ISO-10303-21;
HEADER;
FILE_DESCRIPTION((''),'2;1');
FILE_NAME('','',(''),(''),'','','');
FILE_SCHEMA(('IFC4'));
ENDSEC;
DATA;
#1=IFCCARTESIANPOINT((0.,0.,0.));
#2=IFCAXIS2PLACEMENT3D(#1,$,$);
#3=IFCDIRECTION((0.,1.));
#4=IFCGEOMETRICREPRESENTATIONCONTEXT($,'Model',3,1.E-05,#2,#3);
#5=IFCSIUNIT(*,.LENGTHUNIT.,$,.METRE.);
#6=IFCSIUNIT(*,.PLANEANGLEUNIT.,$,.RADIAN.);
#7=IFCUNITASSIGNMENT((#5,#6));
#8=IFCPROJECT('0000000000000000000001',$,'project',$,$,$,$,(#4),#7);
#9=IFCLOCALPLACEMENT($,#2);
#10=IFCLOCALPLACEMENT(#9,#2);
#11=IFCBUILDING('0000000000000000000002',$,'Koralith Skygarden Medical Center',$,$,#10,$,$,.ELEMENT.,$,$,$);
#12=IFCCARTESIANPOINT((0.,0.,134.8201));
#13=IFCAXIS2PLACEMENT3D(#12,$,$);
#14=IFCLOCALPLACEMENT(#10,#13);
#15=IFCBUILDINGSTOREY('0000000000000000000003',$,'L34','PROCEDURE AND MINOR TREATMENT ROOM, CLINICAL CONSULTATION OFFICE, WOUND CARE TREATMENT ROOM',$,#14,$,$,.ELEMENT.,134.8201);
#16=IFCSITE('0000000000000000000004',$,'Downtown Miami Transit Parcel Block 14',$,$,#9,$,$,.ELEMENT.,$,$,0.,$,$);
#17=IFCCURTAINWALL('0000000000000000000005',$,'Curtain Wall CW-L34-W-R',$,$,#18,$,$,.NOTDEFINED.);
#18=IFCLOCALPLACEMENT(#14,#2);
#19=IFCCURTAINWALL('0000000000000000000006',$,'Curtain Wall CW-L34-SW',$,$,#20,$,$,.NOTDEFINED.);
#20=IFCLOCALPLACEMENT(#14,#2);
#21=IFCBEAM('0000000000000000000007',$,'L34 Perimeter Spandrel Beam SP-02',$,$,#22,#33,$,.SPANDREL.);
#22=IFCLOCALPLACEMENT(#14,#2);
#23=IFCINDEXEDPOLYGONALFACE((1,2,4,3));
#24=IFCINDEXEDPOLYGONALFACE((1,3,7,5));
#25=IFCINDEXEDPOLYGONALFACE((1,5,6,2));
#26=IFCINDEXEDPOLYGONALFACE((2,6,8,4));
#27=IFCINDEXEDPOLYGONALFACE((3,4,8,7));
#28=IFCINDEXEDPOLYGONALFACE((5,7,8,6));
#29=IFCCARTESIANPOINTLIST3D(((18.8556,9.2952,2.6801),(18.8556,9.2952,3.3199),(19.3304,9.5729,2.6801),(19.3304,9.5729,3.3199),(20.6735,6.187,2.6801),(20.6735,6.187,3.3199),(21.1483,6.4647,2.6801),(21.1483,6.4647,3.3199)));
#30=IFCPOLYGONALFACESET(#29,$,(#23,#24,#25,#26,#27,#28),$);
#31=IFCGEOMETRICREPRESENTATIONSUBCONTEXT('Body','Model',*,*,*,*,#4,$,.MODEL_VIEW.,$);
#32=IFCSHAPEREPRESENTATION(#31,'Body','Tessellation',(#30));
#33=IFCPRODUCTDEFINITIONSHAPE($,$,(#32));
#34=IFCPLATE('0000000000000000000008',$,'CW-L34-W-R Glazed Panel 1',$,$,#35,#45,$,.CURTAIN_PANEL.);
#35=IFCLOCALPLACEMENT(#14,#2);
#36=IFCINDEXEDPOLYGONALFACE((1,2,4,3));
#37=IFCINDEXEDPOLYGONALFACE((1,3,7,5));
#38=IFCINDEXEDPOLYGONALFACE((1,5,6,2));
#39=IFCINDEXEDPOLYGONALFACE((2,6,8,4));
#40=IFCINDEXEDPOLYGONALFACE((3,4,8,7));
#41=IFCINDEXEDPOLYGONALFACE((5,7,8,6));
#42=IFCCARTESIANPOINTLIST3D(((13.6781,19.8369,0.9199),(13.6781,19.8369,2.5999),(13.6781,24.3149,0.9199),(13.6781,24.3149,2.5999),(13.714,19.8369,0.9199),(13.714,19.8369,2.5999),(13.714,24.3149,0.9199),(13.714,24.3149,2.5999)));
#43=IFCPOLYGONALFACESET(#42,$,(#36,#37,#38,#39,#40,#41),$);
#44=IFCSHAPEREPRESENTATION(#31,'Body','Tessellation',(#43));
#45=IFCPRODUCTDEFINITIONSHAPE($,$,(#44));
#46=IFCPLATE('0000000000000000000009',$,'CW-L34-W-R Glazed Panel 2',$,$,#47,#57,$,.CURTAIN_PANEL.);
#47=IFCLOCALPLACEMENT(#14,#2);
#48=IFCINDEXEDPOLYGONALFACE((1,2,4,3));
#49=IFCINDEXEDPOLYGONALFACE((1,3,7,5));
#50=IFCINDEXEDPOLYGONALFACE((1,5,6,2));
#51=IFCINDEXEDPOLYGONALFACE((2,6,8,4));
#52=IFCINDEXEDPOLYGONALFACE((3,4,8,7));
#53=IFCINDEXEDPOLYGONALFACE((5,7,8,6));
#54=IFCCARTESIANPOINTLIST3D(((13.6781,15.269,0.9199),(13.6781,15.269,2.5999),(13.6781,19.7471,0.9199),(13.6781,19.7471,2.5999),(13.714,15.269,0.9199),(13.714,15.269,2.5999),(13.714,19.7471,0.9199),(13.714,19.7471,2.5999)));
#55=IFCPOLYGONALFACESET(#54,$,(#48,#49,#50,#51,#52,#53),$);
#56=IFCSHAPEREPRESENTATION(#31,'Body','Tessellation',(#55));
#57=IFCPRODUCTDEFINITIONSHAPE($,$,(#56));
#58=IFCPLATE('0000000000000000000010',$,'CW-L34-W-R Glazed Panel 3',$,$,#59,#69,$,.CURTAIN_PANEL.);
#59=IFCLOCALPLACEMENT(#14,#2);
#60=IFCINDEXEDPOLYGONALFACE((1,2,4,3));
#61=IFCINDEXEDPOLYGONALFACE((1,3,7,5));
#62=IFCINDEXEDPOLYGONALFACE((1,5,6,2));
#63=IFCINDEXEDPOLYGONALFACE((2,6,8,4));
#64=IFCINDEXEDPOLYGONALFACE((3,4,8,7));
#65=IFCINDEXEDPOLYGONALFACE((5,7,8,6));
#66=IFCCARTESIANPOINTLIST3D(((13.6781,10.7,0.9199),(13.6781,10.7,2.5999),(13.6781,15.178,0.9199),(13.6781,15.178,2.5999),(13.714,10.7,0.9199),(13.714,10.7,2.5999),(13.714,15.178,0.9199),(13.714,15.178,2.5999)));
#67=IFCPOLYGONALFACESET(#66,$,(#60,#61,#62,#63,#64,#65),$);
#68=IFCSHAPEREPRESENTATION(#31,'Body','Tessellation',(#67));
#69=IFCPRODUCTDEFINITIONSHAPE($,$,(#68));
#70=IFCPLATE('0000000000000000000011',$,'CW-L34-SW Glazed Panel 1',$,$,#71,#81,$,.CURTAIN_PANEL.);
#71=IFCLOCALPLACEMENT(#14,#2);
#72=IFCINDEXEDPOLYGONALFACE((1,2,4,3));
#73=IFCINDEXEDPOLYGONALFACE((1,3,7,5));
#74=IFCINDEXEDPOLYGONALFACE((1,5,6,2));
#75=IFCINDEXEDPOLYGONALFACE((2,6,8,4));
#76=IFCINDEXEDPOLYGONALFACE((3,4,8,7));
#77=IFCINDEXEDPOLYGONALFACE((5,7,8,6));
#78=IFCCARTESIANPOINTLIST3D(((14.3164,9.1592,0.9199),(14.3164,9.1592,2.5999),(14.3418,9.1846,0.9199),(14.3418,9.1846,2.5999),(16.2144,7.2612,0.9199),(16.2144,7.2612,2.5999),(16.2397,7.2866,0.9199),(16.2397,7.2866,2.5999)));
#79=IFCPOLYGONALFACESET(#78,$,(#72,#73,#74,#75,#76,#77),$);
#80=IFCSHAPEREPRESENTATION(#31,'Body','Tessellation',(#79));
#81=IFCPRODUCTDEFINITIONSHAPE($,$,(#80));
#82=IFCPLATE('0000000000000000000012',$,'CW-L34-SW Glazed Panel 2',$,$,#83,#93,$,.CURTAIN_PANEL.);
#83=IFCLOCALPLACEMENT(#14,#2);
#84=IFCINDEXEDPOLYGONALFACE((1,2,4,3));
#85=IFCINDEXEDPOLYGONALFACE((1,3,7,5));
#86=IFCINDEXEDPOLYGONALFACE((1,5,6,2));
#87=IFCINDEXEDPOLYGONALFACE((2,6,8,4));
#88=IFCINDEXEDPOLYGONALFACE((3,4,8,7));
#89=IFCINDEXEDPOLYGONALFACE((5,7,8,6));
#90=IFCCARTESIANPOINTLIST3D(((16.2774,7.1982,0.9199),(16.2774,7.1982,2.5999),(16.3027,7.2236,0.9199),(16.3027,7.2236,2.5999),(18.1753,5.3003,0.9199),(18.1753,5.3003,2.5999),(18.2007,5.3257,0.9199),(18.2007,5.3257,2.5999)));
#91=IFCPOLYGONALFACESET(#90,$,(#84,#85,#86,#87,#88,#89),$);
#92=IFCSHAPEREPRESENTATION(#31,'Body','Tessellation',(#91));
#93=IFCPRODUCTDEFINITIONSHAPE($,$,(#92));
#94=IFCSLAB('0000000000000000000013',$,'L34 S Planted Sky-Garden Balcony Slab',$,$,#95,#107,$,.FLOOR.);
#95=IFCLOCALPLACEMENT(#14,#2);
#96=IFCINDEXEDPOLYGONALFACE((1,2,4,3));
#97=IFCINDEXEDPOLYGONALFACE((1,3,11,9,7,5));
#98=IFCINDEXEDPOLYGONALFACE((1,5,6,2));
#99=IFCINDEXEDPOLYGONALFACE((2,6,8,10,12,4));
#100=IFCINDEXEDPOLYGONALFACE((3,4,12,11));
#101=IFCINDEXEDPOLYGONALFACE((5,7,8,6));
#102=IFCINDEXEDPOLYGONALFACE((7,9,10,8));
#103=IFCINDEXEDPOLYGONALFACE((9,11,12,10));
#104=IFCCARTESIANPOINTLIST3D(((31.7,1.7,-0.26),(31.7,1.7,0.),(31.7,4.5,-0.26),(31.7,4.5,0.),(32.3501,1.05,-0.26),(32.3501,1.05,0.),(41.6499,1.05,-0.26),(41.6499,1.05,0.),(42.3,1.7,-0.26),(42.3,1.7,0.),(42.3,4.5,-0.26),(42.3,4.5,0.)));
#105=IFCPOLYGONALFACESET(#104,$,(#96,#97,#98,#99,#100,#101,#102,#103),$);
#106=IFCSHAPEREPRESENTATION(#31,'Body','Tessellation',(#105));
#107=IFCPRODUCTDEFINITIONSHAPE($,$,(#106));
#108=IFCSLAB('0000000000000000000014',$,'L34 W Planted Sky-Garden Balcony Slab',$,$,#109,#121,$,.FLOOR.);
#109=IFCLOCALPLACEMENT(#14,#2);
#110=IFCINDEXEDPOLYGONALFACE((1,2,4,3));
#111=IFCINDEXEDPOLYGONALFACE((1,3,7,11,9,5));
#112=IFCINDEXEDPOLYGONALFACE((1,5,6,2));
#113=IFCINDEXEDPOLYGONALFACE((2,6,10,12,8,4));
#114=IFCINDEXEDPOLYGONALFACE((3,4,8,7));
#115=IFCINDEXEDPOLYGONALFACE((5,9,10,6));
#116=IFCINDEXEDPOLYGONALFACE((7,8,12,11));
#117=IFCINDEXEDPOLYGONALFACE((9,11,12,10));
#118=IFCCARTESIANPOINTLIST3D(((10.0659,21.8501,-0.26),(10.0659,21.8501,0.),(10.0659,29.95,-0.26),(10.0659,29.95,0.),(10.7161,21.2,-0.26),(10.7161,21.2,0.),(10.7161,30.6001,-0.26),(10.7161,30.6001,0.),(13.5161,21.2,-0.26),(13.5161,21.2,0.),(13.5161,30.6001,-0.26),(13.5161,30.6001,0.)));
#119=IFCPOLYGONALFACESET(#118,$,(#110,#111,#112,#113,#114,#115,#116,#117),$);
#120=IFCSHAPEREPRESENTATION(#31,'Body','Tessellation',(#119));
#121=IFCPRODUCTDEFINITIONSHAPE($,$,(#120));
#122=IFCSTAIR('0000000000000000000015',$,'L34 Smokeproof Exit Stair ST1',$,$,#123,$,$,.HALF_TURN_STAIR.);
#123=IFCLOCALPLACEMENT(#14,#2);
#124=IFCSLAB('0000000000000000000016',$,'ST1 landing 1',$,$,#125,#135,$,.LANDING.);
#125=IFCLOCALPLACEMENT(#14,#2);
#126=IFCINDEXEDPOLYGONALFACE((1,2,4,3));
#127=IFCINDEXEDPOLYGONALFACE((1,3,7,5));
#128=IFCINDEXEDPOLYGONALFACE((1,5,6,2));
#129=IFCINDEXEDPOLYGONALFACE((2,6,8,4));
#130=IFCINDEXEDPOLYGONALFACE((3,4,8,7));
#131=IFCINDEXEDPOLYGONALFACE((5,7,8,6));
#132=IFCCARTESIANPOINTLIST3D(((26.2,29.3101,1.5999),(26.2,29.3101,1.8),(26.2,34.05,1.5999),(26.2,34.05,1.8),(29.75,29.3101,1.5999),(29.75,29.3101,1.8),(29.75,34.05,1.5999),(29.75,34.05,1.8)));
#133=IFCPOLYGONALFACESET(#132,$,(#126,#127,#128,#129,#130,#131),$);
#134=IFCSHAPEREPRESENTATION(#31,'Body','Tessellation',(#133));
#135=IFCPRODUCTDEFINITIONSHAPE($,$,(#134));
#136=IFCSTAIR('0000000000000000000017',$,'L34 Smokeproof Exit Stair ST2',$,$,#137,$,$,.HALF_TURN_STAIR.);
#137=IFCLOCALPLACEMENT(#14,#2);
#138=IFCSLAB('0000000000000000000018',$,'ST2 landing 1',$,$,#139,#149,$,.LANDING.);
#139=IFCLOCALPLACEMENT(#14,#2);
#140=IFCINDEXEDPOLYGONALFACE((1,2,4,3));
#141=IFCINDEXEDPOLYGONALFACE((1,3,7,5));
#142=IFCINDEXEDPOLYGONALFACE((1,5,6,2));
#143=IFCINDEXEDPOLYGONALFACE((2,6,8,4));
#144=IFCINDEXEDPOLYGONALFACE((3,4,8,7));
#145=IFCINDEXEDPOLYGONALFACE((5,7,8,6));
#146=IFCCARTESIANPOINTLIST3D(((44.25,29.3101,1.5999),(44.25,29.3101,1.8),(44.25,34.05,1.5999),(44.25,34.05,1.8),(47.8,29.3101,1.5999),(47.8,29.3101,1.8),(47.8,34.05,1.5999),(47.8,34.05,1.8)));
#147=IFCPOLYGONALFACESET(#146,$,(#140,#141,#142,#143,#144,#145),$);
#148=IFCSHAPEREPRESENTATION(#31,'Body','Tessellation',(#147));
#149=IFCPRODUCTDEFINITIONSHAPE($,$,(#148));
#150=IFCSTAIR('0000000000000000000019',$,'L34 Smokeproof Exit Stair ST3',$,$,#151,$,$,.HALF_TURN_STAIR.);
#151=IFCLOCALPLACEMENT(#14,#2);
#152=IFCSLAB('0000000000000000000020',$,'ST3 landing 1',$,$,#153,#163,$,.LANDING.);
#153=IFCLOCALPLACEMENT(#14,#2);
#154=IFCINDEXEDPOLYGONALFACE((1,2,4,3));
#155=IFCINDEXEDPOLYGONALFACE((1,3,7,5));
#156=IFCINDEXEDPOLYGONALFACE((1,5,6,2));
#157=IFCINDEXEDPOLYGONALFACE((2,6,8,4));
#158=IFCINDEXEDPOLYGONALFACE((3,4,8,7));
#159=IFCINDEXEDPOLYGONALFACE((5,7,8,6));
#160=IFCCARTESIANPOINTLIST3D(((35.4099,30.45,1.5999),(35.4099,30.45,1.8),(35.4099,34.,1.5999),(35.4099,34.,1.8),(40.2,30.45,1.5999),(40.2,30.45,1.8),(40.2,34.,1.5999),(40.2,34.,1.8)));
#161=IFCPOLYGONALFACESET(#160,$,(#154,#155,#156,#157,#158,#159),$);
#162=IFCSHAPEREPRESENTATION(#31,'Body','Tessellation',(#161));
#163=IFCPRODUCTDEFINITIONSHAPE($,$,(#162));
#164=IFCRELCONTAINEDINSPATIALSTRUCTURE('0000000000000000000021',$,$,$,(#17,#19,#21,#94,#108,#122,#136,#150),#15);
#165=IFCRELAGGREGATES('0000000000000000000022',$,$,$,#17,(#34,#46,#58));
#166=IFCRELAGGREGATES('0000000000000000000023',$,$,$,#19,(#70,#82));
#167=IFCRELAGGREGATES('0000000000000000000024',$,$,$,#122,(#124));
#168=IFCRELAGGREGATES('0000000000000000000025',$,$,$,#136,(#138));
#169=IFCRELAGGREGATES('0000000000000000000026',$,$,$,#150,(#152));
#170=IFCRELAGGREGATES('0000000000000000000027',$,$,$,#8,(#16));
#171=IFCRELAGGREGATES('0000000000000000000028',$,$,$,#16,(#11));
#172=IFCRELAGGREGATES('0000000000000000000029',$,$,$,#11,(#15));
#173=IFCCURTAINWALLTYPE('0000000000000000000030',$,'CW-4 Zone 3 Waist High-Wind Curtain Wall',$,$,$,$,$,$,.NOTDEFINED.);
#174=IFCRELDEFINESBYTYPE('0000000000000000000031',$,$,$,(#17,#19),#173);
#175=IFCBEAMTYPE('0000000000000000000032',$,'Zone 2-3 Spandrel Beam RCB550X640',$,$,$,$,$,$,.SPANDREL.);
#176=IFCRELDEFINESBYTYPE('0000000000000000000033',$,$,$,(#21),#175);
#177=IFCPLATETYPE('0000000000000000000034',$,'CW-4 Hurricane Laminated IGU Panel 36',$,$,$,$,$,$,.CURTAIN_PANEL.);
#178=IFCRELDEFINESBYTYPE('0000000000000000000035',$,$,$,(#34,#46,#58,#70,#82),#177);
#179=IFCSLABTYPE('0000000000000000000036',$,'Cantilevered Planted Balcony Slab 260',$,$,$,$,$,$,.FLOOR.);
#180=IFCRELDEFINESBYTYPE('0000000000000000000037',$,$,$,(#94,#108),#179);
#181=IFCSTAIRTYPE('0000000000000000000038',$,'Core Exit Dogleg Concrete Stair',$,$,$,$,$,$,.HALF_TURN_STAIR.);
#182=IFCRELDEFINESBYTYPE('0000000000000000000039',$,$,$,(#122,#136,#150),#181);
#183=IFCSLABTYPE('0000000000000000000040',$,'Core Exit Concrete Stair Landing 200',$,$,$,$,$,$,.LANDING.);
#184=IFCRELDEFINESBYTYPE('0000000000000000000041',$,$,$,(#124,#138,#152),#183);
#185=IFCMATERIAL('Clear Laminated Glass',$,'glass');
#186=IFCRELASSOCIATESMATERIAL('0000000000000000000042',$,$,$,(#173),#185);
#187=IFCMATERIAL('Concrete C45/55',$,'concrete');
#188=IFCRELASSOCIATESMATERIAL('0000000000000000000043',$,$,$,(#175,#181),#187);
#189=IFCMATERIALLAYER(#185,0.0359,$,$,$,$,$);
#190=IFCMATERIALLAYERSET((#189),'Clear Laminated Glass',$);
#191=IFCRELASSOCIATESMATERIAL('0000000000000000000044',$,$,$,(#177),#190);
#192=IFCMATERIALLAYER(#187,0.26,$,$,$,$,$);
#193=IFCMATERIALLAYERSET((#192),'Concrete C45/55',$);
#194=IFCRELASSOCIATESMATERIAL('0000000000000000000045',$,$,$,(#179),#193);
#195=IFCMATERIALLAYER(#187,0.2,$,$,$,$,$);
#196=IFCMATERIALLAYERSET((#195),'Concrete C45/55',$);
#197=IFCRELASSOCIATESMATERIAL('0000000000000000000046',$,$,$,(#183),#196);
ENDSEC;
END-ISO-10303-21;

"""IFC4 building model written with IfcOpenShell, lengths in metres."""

from ifc_helpers import new_model, si_unit, direction, frame, origin, origin_2d, place, context, subcontext, project, spatial, polyline, rectangle, outline, extrude, material, layer, layer_set, material_profile, profile_set, type_object, element, aggregate, save


model = new_model("IFC4")

# Units and contexts
model_context = context("Model", 3, precision=1e-05, world=origin(), true_north=direction((0.0, 1.0)))
body_context = subcontext(model_context, "Body", "Model", "MODEL_VIEW")
ifc_project = project(units=[si_unit("LENGTHUNIT", "METRE"), si_unit("PLANEANGLEUNIT", "RADIAN")], contexts=[model_context])

# Site, building, storey
site_placement = place(None, origin())
site = spatial("IfcSite", under=ifc_project, at=site_placement, Name="Downtown Miami Transit Parcel Block 14", CompositionType="ELEMENT", RefElevation=0.0)
building_placement = place(site_placement, origin())
building = spatial("IfcBuilding", under=site, at=building_placement, Name="Koralith Skygarden Medical Center", CompositionType="ELEMENT")
storey_placement = place(building_placement, frame((0.0, 0.0, 134.8201)))
storey = spatial("IfcBuildingStorey", under=building, at=storey_placement, Name="L34", Description="PROCEDURE AND MINOR TREATMENT ROOM, CLINICAL CONSULTATION OFFICE, WOUND CARE TREATMENT ROOM", CompositionType="ELEMENT", Elevation=134.8201)

# Curtain walls
ifc_material_1 = material(Name="Clear Laminated Glass", Category="glass")
curtain_wall_type = type_object("IfcCurtainWallType", Name="CW-4 Zone 3 Waist High-Wind Curtain Wall", PredefinedType="NOTDEFINED", material=ifc_material_1)
curtain_wall_1_placement = place(storey_placement, origin())
curtain_wall_1 = element("IfcCurtainWall", 1, at=curtain_wall_1_placement, inside=storey, type_object=curtain_wall_type, Name="Curtain Wall CW-L34-W-R", PredefinedType="NOTDEFINED")
curtain_wall_2_placement = place(storey_placement, origin())
curtain_wall_2 = element("IfcCurtainWall", 2, at=curtain_wall_2_placement, inside=storey, type_object=curtain_wall_type, Name="Curtain Wall CW-L34-SW", PredefinedType="NOTDEFINED")

# Beam
ifc_material_2 = material(Name="Concrete C45/55", Category="concrete")
ifc_material_profile_1 = material_profile(ifc_material_2, rectangle(XDim=0.55, YDim=0.6399, at=origin_2d()), Name="RCB550X640")
ifc_profile_set_1 = profile_set([ifc_material_profile_1], Name="Concrete C45/55")
beam_type = type_object("IfcBeamType", Name="Zone 2-3 Spandrel Beam RCB550X640", PredefinedType="SPANDREL", material=ifc_profile_set_1)
beam_1_placement = place(storey_placement, frame((19.093, 9.4341, 3.0), z_axis=(0.504861, -0.8632, 0.0), x_axis=(0.8632, 0.504861, 0.0)))
element("IfcBeam", 3, at=beam_1_placement, inside=storey, type_object=beam_type, Name="L34 Perimeter Spandrel Beam SP-02", PredefinedType="SPANDREL", context=body_context, shape_type="SweptSolid", body=[
    extrude(rectangle(XDim=0.55, YDim=0.6399, at=origin_2d()), origin(), (0.0, 0.0, 1.0), 3.6008),
])

# Plates
ifc_layer_1 = layer(ifc_material_1, 0.0359)
ifc_layer_set_1 = layer_set([ifc_layer_1], Name="Clear Laminated Glass")
plate_type_1 = type_object("IfcPlateType", Name="CW-4 Hurricane Laminated IGU Panel 36", PredefinedType="CURTAIN_PANEL", material=ifc_layer_set_1)
plate_1_placement = place(storey_placement, frame((13.696, 22.0759, 0.9199), z_axis=(0.0, 0.0, 1.0), x_axis=(0.0, -1.0, 0.0)))
plate_1 = element("IfcPlate", 4, at=plate_1_placement, type_object=plate_type_1, Name="CW-L34-W-R Glazed Panel 1", PredefinedType="CURTAIN_PANEL", context=body_context, shape_type="SweptSolid", body=[
    extrude(rectangle(XDim=4.478, YDim=0.0359, at=origin_2d()), origin(), (0.0, 0.0, 1.0), 1.6799),
])
plate_2_placement = place(storey_placement, frame((13.696, 17.5081, 0.9199), z_axis=(0.0, 0.0, 1.0), x_axis=(0.0, -1.0, 0.0)))
plate_2 = element("IfcPlate", 5, at=plate_2_placement, type_object=plate_type_1, Name="CW-L34-W-R Glazed Panel 2", PredefinedType="CURTAIN_PANEL", context=body_context, shape_type="SweptSolid", body=[
    extrude(rectangle(XDim=4.478, YDim=0.0359, at=origin_2d()), origin(), (0.0, 0.0, 1.0), 1.6799),
])
plate_3_placement = place(storey_placement, frame((13.696, 12.939, 0.9199), z_axis=(0.0, 0.0, 1.0), x_axis=(0.0, -1.0, 0.0)))
plate_3 = element("IfcPlate", 6, at=plate_3_placement, type_object=plate_type_1, Name="CW-L34-W-R Glazed Panel 3", PredefinedType="CURTAIN_PANEL", context=body_context, shape_type="SweptSolid", body=[
    extrude(rectangle(XDim=4.478, YDim=0.0359, at=origin_2d()), origin(), (0.0, 0.0, 1.0), 1.6799),
])
aggregate(curtain_wall_1, [plate_1, plate_2, plate_3])
plate_4_placement = place(storey_placement, frame((15.2781, 8.2229, 0.9199), z_axis=(0.0, 0.0, 1.0), x_axis=(0.707107, -0.707107, 0.0)))
plate_4 = element("IfcPlate", 7, at=plate_4_placement, type_object=plate_type_1, Name="CW-L34-SW Glazed Panel 1", PredefinedType="CURTAIN_PANEL", context=body_context, shape_type="SweptSolid", body=[
    extrude(rectangle(XDim=2.6841, YDim=0.0359, at=origin_2d()), origin(), (0.0, 0.0, 1.0), 1.6799),
])
plate_5_placement = place(storey_placement, frame((17.239, 6.262, 0.9199), z_axis=(0.0, 0.0, 1.0), x_axis=(0.707107, -0.707107, 0.0)))
plate_5 = element("IfcPlate", 8, at=plate_5_placement, type_object=plate_type_1, Name="CW-L34-SW Glazed Panel 2", PredefinedType="CURTAIN_PANEL", context=body_context, shape_type="SweptSolid", body=[
    extrude(rectangle(XDim=2.6841, YDim=0.0359, at=origin_2d()), origin(), (0.0, 0.0, 1.0), 1.6799),
])
aggregate(curtain_wall_2, [plate_4, plate_5])

# Slabs
ifc_layer_2 = layer(ifc_material_2, 0.26)
ifc_layer_set_2 = layer_set([ifc_layer_2], Name="Concrete C45/55")
slab_type_1 = type_object("IfcSlabType", Name="Cantilevered Planted Balcony Slab 260", PredefinedType="FLOOR", material=ifc_layer_set_2)
slab_1_placement = place(storey_placement, frame((0.0, 0.0, -0.26)))
element("IfcSlab", 9, at=slab_1_placement, inside=storey, type_object=slab_type_1, Name="L34 S Planted Sky-Garden Balcony Slab", PredefinedType="FLOOR", context=body_context, shape_type="SweptSolid", body=[
    extrude(outline(polyline([(32.3501, 1.05), (41.6499, 1.05), (42.3, 1.7), (42.3, 4.5), (31.7, 4.5), (31.7, 1.7), (32.3501, 1.05)])), origin(), (0.0, 0.0, 1.0), 0.26),
])
slab_2_placement = place(storey_placement, frame((0.0, 0.0, -0.26)))
element("IfcSlab", 10, at=slab_2_placement, inside=storey, type_object=slab_type_1, Name="L34 W Planted Sky-Garden Balcony Slab", PredefinedType="FLOOR", context=body_context, shape_type="SweptSolid", body=[
    extrude(outline(polyline([(10.7161, 21.2), (13.5161, 21.2), (13.5161, 30.6001), (10.7161, 30.6001), (10.0659, 29.95), (10.0659, 21.8501), (10.7161, 21.2)])), origin(), (0.0, 0.0, 1.0), 0.26),
])

# Stairs, slabs
stair_type = type_object("IfcStairType", Name="Core Exit Dogleg Concrete Stair", PredefinedType="HALF_TURN_STAIR", material=ifc_material_2)
stair_1_placement = place(storey_placement, origin())
stair_1 = element("IfcStair", 11, at=stair_1_placement, inside=storey, type_object=stair_type, Name="L34 Smokeproof Exit Stair ST1", PredefinedType="HALF_TURN_STAIR")
ifc_layer_3 = layer(ifc_material_2, 0.2)
ifc_layer_set_3 = layer_set([ifc_layer_3], Name="Concrete C45/55")
slab_type_2 = type_object("IfcSlabType", Name="Core Exit Concrete Stair Landing 200", PredefinedType="LANDING", material=ifc_layer_set_3)
slab_3_placement = place(storey_placement, frame((0.0, 0.0, 1.5999)))
slab_3 = element("IfcSlab", 12, at=slab_3_placement, type_object=slab_type_2, Name="ST1 landing 1", PredefinedType="LANDING", context=body_context, shape_type="SweptSolid", body=[
    extrude(outline(polyline([(29.75, 29.3101), (29.75, 34.05), (26.2, 34.05), (26.2, 29.3101), (29.75, 29.3101)])), origin(), (0.0, 0.0, 1.0), 0.2002),
])
aggregate(stair_1, [slab_3])
stair_2_placement = place(storey_placement, origin())
stair_2 = element("IfcStair", 13, at=stair_2_placement, inside=storey, type_object=stair_type, Name="L34 Smokeproof Exit Stair ST2", PredefinedType="HALF_TURN_STAIR")
slab_4_placement = place(storey_placement, frame((0.0, 0.0, 1.5999)))
slab_4 = element("IfcSlab", 14, at=slab_4_placement, type_object=slab_type_2, Name="ST2 landing 1", PredefinedType="LANDING", context=body_context, shape_type="SweptSolid", body=[
    extrude(outline(polyline([(47.8, 29.3101), (47.8, 34.05), (44.25, 34.05), (44.25, 29.3101), (47.8, 29.3101)])), origin(), (0.0, 0.0, 1.0), 0.2002),
])
aggregate(stair_2, [slab_4])
stair_3_placement = place(storey_placement, origin())
stair_3 = element("IfcStair", 15, at=stair_3_placement, inside=storey, type_object=stair_type, Name="L34 Smokeproof Exit Stair ST3", PredefinedType="HALF_TURN_STAIR")
slab_5_placement = place(storey_placement, frame((0.0, 0.0, 1.5999)))
slab_5 = element("IfcSlab", 16, at=slab_5_placement, type_object=slab_type_2, Name="ST3 landing 1", PredefinedType="LANDING", context=body_context, shape_type="SweptSolid", body=[
    extrude(outline(polyline([(35.4099, 30.45), (40.2, 30.45), (40.2, 34.0), (35.4099, 34.0), (35.4099, 30.45)])), origin(), (0.0, 0.0, 1.0), 0.2002),
])
aggregate(stair_3, [slab_5])

save(model, "model.ifc")
